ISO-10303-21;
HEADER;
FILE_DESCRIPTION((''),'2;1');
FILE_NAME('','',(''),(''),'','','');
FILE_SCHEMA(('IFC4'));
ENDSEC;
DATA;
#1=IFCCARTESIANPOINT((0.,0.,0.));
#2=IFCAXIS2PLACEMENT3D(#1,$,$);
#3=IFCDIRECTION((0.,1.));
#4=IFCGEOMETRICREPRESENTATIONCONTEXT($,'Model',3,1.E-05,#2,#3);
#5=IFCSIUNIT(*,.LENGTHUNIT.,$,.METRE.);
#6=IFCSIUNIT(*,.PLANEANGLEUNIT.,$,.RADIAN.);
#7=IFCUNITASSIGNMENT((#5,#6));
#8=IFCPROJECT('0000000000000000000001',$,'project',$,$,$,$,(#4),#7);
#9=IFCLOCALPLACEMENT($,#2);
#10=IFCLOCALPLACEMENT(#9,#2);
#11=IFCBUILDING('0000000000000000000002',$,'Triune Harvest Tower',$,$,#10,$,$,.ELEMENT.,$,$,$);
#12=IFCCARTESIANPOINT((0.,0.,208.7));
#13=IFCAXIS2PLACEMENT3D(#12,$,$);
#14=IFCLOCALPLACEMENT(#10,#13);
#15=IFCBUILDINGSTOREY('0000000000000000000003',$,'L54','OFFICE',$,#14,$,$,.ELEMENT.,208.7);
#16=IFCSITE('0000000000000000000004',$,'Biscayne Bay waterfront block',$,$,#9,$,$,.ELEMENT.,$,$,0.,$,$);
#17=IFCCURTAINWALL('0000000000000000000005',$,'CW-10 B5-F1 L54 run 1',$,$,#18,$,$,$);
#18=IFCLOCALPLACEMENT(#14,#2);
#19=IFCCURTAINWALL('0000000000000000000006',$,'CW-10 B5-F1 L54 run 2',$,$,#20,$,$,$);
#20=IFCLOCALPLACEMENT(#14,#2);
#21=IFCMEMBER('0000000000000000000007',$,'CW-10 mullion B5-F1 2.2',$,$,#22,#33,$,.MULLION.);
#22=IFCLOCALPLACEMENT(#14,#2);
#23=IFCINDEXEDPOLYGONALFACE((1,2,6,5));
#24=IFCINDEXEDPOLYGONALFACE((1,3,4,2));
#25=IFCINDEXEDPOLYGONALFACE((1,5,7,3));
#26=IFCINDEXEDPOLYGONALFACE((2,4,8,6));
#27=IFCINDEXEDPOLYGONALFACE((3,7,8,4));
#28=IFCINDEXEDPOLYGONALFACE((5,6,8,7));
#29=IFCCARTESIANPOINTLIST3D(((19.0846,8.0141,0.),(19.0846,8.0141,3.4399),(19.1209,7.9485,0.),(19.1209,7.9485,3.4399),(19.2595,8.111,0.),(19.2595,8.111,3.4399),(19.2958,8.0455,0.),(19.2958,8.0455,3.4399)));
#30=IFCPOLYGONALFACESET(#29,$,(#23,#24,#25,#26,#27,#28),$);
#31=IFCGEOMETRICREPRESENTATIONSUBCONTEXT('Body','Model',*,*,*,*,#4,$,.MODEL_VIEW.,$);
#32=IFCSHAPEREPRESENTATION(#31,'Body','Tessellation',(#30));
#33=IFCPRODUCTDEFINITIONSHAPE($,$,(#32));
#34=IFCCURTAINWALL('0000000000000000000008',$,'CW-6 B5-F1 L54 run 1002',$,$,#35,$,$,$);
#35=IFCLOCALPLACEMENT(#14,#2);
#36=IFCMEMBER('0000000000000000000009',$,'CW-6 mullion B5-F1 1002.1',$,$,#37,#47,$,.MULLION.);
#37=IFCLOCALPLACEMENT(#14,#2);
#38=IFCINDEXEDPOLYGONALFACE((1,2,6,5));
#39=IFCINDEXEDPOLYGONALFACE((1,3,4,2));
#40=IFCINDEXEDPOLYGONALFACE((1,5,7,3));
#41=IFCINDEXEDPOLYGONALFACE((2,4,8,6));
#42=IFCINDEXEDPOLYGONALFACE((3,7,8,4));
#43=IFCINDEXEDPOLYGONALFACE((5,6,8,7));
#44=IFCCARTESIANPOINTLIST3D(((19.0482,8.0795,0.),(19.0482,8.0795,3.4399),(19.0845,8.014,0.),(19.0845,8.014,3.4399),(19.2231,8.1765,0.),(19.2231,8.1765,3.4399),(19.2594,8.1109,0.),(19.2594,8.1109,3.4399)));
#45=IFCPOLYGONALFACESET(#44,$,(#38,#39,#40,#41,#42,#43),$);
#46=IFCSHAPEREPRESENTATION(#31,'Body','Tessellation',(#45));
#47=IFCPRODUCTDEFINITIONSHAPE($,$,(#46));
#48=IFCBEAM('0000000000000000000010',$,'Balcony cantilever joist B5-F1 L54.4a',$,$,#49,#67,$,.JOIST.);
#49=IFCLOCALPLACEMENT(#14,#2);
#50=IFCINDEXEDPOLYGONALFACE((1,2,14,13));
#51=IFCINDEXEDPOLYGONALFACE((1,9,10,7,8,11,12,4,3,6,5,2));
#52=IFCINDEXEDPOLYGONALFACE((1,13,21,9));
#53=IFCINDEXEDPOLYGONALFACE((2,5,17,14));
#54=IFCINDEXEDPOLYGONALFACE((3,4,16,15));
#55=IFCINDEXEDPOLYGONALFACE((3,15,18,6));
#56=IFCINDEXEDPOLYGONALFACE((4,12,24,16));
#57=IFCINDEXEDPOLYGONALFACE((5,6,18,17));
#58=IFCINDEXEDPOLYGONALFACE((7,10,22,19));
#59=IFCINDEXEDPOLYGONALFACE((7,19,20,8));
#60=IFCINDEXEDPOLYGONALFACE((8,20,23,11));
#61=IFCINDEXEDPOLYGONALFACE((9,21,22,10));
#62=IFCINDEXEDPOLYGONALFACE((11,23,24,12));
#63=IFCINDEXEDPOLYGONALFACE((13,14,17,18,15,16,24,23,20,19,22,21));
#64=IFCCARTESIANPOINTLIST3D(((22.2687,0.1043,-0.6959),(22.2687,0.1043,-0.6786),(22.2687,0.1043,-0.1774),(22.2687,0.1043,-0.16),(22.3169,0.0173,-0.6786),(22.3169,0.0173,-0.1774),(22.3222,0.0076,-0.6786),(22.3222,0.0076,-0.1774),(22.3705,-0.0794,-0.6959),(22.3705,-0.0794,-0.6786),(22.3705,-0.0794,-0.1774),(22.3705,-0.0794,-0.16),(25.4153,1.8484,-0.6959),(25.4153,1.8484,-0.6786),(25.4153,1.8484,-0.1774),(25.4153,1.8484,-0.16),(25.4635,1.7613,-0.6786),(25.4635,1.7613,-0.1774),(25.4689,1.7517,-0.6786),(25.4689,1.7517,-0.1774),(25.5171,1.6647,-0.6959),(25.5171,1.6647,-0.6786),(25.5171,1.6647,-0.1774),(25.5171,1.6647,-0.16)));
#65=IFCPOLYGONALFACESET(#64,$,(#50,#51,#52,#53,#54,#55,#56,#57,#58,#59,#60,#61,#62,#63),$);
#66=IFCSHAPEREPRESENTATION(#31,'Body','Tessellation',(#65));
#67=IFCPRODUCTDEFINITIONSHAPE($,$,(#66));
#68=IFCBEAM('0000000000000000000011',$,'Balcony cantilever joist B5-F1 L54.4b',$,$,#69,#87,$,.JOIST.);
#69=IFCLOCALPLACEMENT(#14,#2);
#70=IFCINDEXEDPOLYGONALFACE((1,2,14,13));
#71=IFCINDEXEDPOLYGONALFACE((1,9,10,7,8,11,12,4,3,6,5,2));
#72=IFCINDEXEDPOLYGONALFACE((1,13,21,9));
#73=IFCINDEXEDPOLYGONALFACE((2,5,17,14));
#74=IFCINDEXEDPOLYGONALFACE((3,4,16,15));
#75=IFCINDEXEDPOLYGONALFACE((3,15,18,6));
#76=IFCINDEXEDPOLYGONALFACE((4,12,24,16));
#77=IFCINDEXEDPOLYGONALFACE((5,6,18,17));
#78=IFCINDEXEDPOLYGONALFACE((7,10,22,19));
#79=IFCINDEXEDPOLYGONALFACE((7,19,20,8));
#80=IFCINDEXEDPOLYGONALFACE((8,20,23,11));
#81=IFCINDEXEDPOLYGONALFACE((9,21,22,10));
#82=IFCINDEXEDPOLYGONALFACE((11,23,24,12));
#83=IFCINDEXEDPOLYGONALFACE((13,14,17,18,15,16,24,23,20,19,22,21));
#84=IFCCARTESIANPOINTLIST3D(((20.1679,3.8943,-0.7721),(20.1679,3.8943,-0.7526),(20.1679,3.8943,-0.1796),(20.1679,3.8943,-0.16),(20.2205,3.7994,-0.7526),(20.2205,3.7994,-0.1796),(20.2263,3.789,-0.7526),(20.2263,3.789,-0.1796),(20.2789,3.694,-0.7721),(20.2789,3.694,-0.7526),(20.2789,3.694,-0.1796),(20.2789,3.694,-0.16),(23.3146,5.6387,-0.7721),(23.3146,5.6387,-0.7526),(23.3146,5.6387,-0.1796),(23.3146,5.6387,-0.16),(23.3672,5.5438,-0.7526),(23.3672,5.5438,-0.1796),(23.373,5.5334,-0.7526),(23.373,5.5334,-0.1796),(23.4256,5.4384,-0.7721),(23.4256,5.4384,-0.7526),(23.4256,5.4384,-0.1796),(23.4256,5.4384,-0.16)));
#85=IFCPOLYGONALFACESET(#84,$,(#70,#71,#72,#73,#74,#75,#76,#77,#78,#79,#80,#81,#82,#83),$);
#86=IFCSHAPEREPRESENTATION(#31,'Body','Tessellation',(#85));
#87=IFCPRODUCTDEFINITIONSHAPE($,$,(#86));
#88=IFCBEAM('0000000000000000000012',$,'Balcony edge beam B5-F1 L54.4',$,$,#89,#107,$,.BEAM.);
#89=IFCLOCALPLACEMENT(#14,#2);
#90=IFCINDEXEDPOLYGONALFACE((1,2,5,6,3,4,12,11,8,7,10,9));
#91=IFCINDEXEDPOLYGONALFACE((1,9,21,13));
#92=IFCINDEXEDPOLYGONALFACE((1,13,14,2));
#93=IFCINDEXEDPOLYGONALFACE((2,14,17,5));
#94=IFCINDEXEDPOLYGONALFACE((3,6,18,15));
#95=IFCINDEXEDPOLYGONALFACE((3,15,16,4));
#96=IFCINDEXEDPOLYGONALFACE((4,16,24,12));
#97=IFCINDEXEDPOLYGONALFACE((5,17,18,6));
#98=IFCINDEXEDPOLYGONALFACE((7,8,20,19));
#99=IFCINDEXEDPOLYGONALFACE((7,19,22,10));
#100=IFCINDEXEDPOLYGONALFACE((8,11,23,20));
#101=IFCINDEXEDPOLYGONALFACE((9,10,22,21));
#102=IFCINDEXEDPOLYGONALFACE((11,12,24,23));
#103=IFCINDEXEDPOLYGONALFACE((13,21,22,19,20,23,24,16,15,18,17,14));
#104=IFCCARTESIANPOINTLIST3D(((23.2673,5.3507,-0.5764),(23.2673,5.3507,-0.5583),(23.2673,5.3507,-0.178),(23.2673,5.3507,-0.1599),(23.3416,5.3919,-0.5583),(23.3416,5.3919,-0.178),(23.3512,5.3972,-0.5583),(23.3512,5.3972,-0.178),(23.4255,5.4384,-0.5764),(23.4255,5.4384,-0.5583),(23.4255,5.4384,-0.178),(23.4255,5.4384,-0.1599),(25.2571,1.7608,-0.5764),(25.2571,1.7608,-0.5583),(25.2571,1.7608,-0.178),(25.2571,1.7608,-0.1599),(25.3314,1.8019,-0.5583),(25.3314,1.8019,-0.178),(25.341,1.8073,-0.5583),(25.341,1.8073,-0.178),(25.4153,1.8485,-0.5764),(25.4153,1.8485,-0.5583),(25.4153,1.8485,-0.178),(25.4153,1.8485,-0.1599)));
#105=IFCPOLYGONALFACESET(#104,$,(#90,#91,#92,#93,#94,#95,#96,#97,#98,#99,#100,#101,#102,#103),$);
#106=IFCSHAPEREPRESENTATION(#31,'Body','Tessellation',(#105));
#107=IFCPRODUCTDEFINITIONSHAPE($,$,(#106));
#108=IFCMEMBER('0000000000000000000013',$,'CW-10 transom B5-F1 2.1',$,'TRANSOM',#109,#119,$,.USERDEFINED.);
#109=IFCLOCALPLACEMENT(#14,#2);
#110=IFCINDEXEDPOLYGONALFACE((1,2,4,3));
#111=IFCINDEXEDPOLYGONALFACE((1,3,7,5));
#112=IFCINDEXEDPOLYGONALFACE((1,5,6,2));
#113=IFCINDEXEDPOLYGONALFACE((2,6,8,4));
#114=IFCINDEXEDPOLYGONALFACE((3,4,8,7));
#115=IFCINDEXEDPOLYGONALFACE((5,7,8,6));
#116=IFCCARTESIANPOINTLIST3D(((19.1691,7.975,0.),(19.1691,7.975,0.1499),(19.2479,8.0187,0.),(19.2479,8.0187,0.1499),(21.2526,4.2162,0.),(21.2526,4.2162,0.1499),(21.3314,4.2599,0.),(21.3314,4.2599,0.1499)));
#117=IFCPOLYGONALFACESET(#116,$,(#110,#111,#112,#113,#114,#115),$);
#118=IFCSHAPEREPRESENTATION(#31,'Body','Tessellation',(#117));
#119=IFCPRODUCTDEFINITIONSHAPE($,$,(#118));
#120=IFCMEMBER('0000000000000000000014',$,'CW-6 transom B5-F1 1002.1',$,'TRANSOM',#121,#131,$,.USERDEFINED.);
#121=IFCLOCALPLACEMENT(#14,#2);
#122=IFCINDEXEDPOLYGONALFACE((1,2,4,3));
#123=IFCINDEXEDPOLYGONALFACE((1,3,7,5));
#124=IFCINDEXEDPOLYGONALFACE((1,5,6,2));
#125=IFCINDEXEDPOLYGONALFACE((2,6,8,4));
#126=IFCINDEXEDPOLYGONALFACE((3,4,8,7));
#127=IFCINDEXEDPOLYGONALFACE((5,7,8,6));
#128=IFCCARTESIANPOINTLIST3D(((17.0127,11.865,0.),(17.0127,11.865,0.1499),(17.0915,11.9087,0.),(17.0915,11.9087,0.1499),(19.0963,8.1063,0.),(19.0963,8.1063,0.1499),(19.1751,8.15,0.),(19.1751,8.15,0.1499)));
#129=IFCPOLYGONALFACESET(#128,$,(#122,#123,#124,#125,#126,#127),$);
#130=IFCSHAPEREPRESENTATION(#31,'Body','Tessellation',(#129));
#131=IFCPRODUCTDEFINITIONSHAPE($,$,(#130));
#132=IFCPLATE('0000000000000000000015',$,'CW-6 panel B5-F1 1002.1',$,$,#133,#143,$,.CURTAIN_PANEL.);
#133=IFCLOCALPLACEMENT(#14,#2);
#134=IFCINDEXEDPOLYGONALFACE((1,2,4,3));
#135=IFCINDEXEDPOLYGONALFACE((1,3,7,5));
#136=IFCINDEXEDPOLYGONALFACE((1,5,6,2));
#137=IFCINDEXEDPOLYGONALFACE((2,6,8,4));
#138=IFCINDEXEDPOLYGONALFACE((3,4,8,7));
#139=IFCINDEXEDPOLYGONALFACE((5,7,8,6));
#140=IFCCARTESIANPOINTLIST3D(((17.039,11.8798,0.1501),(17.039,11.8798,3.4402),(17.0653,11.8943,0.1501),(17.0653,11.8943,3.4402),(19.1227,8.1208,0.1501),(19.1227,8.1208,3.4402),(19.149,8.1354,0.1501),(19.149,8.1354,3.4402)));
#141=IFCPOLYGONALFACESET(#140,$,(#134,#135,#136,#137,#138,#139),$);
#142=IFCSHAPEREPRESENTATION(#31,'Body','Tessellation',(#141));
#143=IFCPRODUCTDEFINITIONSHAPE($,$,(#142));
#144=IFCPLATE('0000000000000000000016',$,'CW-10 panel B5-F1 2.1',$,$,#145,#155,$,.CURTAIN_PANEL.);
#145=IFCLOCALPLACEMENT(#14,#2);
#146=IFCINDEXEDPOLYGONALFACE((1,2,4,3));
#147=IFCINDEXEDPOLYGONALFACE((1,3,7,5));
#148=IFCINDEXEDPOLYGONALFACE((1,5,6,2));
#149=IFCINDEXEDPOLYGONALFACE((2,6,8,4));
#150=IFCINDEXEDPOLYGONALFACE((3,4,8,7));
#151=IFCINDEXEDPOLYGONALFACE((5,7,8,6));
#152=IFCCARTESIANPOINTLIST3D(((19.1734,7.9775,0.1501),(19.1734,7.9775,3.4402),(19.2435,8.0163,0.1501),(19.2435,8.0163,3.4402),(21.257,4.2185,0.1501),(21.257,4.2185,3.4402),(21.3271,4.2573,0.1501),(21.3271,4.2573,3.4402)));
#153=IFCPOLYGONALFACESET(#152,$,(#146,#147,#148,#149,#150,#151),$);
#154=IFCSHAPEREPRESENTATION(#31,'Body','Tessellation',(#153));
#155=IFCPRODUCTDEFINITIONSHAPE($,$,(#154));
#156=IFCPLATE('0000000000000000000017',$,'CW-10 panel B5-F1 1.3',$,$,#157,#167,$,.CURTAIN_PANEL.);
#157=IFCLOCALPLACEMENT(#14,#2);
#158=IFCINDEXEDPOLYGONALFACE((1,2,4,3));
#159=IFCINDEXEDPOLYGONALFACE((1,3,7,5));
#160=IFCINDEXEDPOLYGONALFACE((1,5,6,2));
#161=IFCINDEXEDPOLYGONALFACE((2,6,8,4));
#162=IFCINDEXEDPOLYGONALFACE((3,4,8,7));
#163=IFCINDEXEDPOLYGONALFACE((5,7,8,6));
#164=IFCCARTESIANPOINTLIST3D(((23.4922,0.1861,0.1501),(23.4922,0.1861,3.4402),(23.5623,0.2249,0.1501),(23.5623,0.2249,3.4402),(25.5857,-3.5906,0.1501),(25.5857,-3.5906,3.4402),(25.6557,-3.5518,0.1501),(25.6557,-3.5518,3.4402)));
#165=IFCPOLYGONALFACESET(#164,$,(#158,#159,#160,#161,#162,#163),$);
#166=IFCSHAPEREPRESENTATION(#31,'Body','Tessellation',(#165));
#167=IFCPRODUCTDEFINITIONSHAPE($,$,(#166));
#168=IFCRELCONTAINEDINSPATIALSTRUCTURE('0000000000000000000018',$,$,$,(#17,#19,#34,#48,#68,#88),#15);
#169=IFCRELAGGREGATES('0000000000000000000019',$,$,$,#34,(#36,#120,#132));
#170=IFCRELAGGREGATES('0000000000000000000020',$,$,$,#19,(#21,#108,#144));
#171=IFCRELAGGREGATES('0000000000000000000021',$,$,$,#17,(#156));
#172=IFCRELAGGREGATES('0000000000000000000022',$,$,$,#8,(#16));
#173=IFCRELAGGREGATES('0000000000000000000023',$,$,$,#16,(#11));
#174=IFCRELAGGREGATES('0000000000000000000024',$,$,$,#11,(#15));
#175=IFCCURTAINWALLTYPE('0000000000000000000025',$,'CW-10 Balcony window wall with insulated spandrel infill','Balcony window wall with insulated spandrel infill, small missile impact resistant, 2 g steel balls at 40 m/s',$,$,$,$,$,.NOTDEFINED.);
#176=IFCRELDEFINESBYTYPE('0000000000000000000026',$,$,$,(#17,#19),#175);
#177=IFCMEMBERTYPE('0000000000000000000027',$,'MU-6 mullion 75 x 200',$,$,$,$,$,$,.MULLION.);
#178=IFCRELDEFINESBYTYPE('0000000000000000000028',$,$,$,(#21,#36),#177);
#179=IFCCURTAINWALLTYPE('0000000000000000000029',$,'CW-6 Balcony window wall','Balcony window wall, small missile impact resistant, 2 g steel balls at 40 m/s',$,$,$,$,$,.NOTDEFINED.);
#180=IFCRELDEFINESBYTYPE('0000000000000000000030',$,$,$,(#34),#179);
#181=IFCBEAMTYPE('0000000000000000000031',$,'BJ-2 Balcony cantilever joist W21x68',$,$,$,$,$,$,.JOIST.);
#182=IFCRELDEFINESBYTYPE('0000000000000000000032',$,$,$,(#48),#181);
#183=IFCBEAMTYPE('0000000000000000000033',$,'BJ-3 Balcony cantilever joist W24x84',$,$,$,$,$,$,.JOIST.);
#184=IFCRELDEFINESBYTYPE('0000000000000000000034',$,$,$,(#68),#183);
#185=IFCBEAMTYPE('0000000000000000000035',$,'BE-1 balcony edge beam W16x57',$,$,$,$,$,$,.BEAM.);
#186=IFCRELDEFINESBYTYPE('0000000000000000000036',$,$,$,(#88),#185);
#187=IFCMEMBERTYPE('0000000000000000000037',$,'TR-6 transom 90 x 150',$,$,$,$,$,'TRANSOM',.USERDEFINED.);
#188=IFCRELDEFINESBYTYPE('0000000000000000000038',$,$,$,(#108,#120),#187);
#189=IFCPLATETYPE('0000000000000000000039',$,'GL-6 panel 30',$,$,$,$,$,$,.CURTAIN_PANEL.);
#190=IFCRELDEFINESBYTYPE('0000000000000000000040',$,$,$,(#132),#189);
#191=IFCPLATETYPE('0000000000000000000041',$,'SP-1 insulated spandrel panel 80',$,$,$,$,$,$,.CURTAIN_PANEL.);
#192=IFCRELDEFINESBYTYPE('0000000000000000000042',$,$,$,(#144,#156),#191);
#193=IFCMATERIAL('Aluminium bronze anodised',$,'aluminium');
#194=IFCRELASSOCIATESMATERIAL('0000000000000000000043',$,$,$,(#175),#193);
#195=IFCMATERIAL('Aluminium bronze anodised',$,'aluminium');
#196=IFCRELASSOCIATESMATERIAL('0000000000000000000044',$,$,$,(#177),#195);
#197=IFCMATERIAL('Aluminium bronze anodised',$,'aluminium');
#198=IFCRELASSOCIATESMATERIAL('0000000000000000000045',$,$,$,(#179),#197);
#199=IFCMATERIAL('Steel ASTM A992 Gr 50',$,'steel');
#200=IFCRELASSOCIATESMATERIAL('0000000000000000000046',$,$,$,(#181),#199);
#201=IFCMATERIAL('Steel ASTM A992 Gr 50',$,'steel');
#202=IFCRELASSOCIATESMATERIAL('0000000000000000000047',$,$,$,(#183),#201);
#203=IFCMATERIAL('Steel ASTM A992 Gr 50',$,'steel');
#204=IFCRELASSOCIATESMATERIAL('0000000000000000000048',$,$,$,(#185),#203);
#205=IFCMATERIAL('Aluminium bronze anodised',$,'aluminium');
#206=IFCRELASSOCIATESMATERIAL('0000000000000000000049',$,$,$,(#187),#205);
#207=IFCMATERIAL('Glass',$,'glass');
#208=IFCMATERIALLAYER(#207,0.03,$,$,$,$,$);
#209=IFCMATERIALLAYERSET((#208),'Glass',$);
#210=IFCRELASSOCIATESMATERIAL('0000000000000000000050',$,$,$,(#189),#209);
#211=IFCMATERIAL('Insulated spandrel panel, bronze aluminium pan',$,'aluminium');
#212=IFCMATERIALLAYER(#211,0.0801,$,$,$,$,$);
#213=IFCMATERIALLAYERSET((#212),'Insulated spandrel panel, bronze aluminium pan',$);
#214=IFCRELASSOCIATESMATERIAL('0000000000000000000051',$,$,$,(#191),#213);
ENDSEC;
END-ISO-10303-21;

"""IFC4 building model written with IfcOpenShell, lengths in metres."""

from ifc_helpers import new_model, si_unit, direction, frame, origin, origin_2d, place, context, subcontext, project, spatial, rectangle, i_section, extrude, source, transform, mapped, material, layer, layer_set, material_profile, profile_set, type_object, element, aggregate, save


model = new_model("IFC4")

# Units and contexts
model_context = context("Model", 3, precision=1e-05, world=origin(), true_north=direction((0.0, 1.0)))
body_context = subcontext(model_context, "Body", "Model", "MODEL_VIEW")
ifc_project = project(units=[si_unit("LENGTHUNIT", "METRE"), si_unit("PLANEANGLEUNIT", "RADIAN")], contexts=[model_context])

# Site, building, storey
site_placement = place(None, origin())
site = spatial("IfcSite", under=ifc_project, at=site_placement, Name="Biscayne Bay waterfront block", CompositionType="ELEMENT", RefElevation=0.0)
building_placement = place(site_placement, origin())
building = spatial("IfcBuilding", under=site, at=building_placement, Name="Triune Harvest Tower", CompositionType="ELEMENT")
storey_placement = place(building_placement, frame((0.0, 0.0, 208.7)))
storey = spatial("IfcBuildingStorey", under=building, at=storey_placement, Name="L54", Description="OFFICE", CompositionType="ELEMENT", Elevation=208.7)

# Curtain wall
ifc_material_1 = material(Name="Aluminium bronze anodised", Category="aluminium")
curtain_wall_type_1 = type_object("IfcCurtainWallType", Name="CW-10 Balcony window wall with insulated spandrel infill", Description="Balcony window wall with insulated spandrel infill, small missile impact resistant, 2 g steel balls at 40 m/s", PredefinedType="NOTDEFINED", material=ifc_material_1)
curtain_wall_1_placement = place(storey_placement, origin())
curtain_wall_1 = element("IfcCurtainWall", 1, at=curtain_wall_1_placement, inside=storey, type_object=curtain_wall_type_1, Name="CW-10 B5-F1 L54 run 1")
ifc_material_2 = material(Name="Aluminium bronze anodised", Category="aluminium")
ifc_material_profile_1 = material_profile(ifc_material_2, rectangle(XDim=0.2, YDim=0.075, at=origin_2d()), Name="MU-6 mullion 75 x 200")
ifc_profile_set_1 = profile_set([ifc_material_profile_1], Name="Aluminium bronze anodised")
member_type_1 = type_object("IfcMemberType", Name="MU-6 mullion 75 x 200", PredefinedType="MULLION", material=ifc_profile_set_1)
shared_shape_1 = source(origin(), body_context, "Body", "SweptSolid", [
    extrude(rectangle(XDim=0.2, YDim=0.075, at=origin_2d()), origin(), (0.0, 0.0, 1.0), 3.4399),
])

# Curtain wall, member
curtain_wall_2_placement = place(storey_placement, origin())
curtain_wall_2 = element("IfcCurtainWall", 2, at=curtain_wall_2_placement, inside=storey, type_object=curtain_wall_type_1, Name="CW-10 B5-F1 L54 run 2")
member_1_placement = place(storey_placement, frame((19.1902, 8.0298, 0.0), z_axis=(0.0, 0.0, 1.0), x_axis=(-0.874626, -0.484799, 0.0)))
member_1 = element("IfcMember", 3, at=member_1_placement, type_object=member_type_1, Name="CW-10 mullion B5-F1 2.2", PredefinedType="MULLION", context=body_context, shape_type="MappedRepresentation", body=[
    mapped(shared_shape_1, transform((0.0, 0.0, 0.0), scale=1.0)),
])

# Curtain wall, member
ifc_material_3 = material(Name="Aluminium bronze anodised", Category="aluminium")
curtain_wall_type_2 = type_object("IfcCurtainWallType", Name="CW-6 Balcony window wall", Description="Balcony window wall, small missile impact resistant, 2 g steel balls at 40 m/s", PredefinedType="NOTDEFINED", material=ifc_material_3)
curtain_wall_3_placement = place(storey_placement, origin())
curtain_wall_3 = element("IfcCurtainWall", 4, at=curtain_wall_3_placement, inside=storey, type_object=curtain_wall_type_2, Name="CW-6 B5-F1 L54 run 1002")
member_2_placement = place(storey_placement, frame((19.1538, 8.0952, 0.0), z_axis=(0.0, 0.0, 1.0), x_axis=(-0.874612, -0.484824, 0.0)))
member_2 = element("IfcMember", 5, at=member_2_placement, type_object=member_type_1, Name="CW-6 mullion B5-F1 1002.1", PredefinedType="MULLION", context=body_context, shape_type="MappedRepresentation", body=[
    mapped(shared_shape_1, transform((0.0, 0.0, 0.0), scale=1.0)),
])

# Beams
ifc_material_4 = material(Name="Steel ASTM A992 Gr 50", Category="steel")
ifc_material_profile_2 = material_profile(ifc_material_4, i_section(OverallWidth=0.21, OverallDepth=0.5359, WebThickness=0.011, FlangeThickness=0.0173, at=origin_2d()), Name="W21x68")
ifc_profile_set_2 = profile_set([ifc_material_profile_2], Name="Steel ASTM A992 Gr 50")
beam_type_1 = type_object("IfcBeamType", Name="BJ-2 Balcony cantilever joist W21x68", PredefinedType="JOIST", material=ifc_profile_set_2)
shared_shape_2 = source(origin(), body_context, "Body", "SweptSolid", [
    extrude(i_section(OverallWidth=0.21, OverallDepth=0.5359, WebThickness=0.011, FlangeThickness=0.0173, at=origin_2d()), origin(), (0.0, 0.0, 1.0), 3.5977),
])
beam_1_placement = place(storey_placement, frame((22.3196, 0.0125, -0.428), z_axis=(0.874634, 0.484784, 0.0), x_axis=(-0.484784, 0.874634, 0.0)))
element("IfcBeam", 6, at=beam_1_placement, inside=storey, type_object=beam_type_1, Name="Balcony cantilever joist B5-F1 L54.4a", PredefinedType="JOIST", context=body_context, shape_type="MappedRepresentation", body=[
    mapped(shared_shape_2, transform((0.0, 0.0, 0.0), scale=1.0)),
])
ifc_material_5 = material(Name="Steel ASTM A992 Gr 50", Category="steel")
ifc_material_profile_3 = material_profile(ifc_material_5, i_section(OverallWidth=0.229, OverallDepth=0.6121, WebThickness=0.012, FlangeThickness=0.0195, at=origin_2d()), Name="W24x84")
ifc_profile_set_3 = profile_set([ifc_material_profile_3], Name="Steel ASTM A992 Gr 50")
beam_type_2 = type_object("IfcBeamType", Name="BJ-3 Balcony cantilever joist W24x84", PredefinedType="JOIST", material=ifc_profile_set_3)
shared_shape_3 = source(origin(), body_context, "Body", "SweptSolid", [
    extrude(i_section(OverallWidth=0.229, OverallDepth=0.6121, WebThickness=0.012, FlangeThickness=0.0195, at=origin_2d()), origin(), (0.0, 0.0, 1.0), 3.5979),
])
beam_2_placement = place(storey_placement, frame((20.2234, 3.7942, -0.4661), z_axis=(0.874605, 0.484836, 0.0), x_axis=(-0.484836, 0.874605, 0.0)))
element("IfcBeam", 7, at=beam_2_placement, inside=storey, type_object=beam_type_2, Name="Balcony cantilever joist B5-F1 L54.4b", PredefinedType="JOIST", context=body_context, shape_type="MappedRepresentation", body=[
    mapped(shared_shape_3, transform((0.0, 0.0, 0.0), scale=1.0)),
])
ifc_material_6 = material(Name="Steel ASTM A992 Gr 50", Category="steel")
ifc_material_profile_4 = material_profile(ifc_material_6, i_section(OverallWidth=0.1809, OverallDepth=0.4165, WebThickness=0.011, FlangeThickness=0.0181, at=origin_2d()), Name="W16x57")
ifc_profile_set_4 = profile_set([ifc_material_profile_4], Name="Steel ASTM A992 Gr 50")
beam_type_3 = type_object("IfcBeamType", Name="BE-1 balcony edge beam W16x57", PredefinedType="BEAM", material=ifc_profile_set_4)
shared_shape_4 = source(origin(), body_context, "Body", "SweptSolid", [
    extrude(i_section(OverallWidth=0.1809, OverallDepth=0.4165, WebThickness=0.011, FlangeThickness=0.0181, at=origin_2d()), origin(), (0.0, 0.0, 1.0), 4.1045),
])
beam_3_placement = place(storey_placement, frame((23.3464, 5.3945, -0.3682), z_axis=(0.484784, -0.874634, 0.0), x_axis=(0.874634, 0.484784, 0.0)))
element("IfcBeam", 8, at=beam_3_placement, inside=storey, type_object=beam_type_3, Name="Balcony edge beam B5-F1 L54.4", PredefinedType="BEAM", context=body_context, shape_type="MappedRepresentation", body=[
    mapped(shared_shape_4, transform((0.0, 0.0, 0.0), scale=1.0)),
])

# Members
ifc_material_7 = material(Name="Aluminium bronze anodised", Category="aluminium")
ifc_material_profile_5 = material_profile(ifc_material_7, rectangle(XDim=0.0901, YDim=0.1499, at=origin_2d()), Name="TR-6 transom 90 x 150")
ifc_profile_set_5 = profile_set([ifc_material_profile_5], Name="Aluminium bronze anodised")
member_type_2 = type_object("IfcMemberType", Name="TR-6 transom 90 x 150", ElementType="TRANSOM", PredefinedType="USERDEFINED", material=ifc_profile_set_5)
shared_shape_5 = source(origin(), body_context, "Body", "SweptSolid", [
    extrude(rectangle(XDim=0.0901, YDim=0.1499, at=origin_2d()), origin(), (0.0, 0.0, 1.0), 4.2976),
])
member_3_placement = place(storey_placement, frame((21.292, 4.238, 0.075), z_axis=(-0.484803, 0.874623, 0.0), x_axis=(-0.874623, -0.484803, 0.0)))
member_3 = element("IfcMember", 9, at=member_3_placement, type_object=member_type_2, Name="CW-10 transom B5-F1 2.1", ObjectType="TRANSOM", PredefinedType="USERDEFINED", context=body_context, shape_type="MappedRepresentation", body=[
    mapped(shared_shape_5, transform((0.0, 0.0, 0.0), scale=1.0)),
])
member_4_placement = place(storey_placement, frame((19.1357, 8.1282, 0.075), z_axis=(-0.484847, 0.874599, 0.0), x_axis=(-0.874599, -0.484847, 0.0)))
member_4 = element("IfcMember", 10, at=member_4_placement, type_object=member_type_2, Name="CW-6 transom B5-F1 1002.1", ObjectType="TRANSOM", PredefinedType="USERDEFINED", context=body_context, shape_type="MappedRepresentation", body=[
    mapped(shared_shape_5, transform((0.0, 0.0, 0.0), scale=1.0)),
])

# Plates
ifc_material_8 = material(Name="Glass", Category="glass")
ifc_layer_1 = layer(ifc_material_8, 0.03)
ifc_layer_set_1 = layer_set([ifc_layer_1], Name="Glass")
plate_type_1 = type_object("IfcPlateType", Name="GL-6 panel 30", PredefinedType="CURTAIN_PANEL", material=ifc_layer_set_1)
shared_shape_6 = source(origin(), body_context, "Body", "SweptSolid", [
    extrude(rectangle(XDim=4.2979, YDim=0.03, at=origin_2d()), origin(), (0.0, 0.0, 1.0), 3.29),
])
plate_1_placement = place(storey_placement, frame((18.094, 10.0076, 0.1501), z_axis=(0.0, 0.0, 1.0), x_axis=(-0.484824, 0.874612, 0.0)))
plate_1 = element("IfcPlate", 11, at=plate_1_placement, type_object=plate_type_1, Name="CW-6 panel B5-F1 1002.1", PredefinedType="CURTAIN_PANEL", context=body_context, shape_type="MappedRepresentation", body=[
    mapped(shared_shape_6, transform((0.0, 0.0, 0.0), scale=1.0)),
])
aggregate(curtain_wall_3, [member_2, member_4, plate_1])
ifc_material_9 = material(Name="Insulated spandrel panel, bronze aluminium pan", Category="aluminium")
ifc_layer_2 = layer(ifc_material_9, 0.0801)
ifc_layer_set_2 = layer_set([ifc_layer_2], Name="Insulated spandrel panel, bronze aluminium pan")
plate_type_2 = type_object("IfcPlateType", Name="SP-1 insulated spandrel panel 80", PredefinedType="CURTAIN_PANEL", material=ifc_layer_set_2)
shared_shape_7 = source(origin(), body_context, "Body", "SweptSolid", [
    extrude(rectangle(XDim=4.2979, YDim=0.0801, at=origin_2d()), origin(), (0.0, 0.0, 1.0), 3.29),
])
plate_2_placement = place(storey_placement, frame((20.2502, 6.1174, 0.1501), z_axis=(0.0, 0.0, 1.0), x_axis=(-0.484799, 0.874626, 0.0)))
plate_2 = element("IfcPlate", 12, at=plate_2_placement, type_object=plate_type_2, Name="CW-10 panel B5-F1 2.1", PredefinedType="CURTAIN_PANEL", context=body_context, shape_type="MappedRepresentation", body=[
    mapped(shared_shape_7, transform((0.0, 0.0, 0.0), scale=1.0)),
])
aggregate(curtain_wall_2, [member_1, member_3, plate_2])
shared_shape_8 = source(origin(), body_context, "Body", "SweptSolid", [
    extrude(rectangle(XDim=4.3181, YDim=0.0801, at=origin_2d()), origin(), (0.0, 0.0, 1.0), 3.29),
])
plate_3_placement = place(storey_placement, frame((24.574, -1.6829, 0.1501), z_axis=(0.0, 0.0, 1.0), x_axis=(-0.484808, 0.87462, 0.0)))
plate_3 = element("IfcPlate", 13, at=plate_3_placement, type_object=plate_type_2, Name="CW-10 panel B5-F1 1.3", PredefinedType="CURTAIN_PANEL", context=body_context, shape_type="MappedRepresentation", body=[
    mapped(shared_shape_8, transform((0.0, 0.0, 0.0), scale=1.0)),
])
aggregate(curtain_wall_1, [plate_3])

save(model, "model.ifc")
